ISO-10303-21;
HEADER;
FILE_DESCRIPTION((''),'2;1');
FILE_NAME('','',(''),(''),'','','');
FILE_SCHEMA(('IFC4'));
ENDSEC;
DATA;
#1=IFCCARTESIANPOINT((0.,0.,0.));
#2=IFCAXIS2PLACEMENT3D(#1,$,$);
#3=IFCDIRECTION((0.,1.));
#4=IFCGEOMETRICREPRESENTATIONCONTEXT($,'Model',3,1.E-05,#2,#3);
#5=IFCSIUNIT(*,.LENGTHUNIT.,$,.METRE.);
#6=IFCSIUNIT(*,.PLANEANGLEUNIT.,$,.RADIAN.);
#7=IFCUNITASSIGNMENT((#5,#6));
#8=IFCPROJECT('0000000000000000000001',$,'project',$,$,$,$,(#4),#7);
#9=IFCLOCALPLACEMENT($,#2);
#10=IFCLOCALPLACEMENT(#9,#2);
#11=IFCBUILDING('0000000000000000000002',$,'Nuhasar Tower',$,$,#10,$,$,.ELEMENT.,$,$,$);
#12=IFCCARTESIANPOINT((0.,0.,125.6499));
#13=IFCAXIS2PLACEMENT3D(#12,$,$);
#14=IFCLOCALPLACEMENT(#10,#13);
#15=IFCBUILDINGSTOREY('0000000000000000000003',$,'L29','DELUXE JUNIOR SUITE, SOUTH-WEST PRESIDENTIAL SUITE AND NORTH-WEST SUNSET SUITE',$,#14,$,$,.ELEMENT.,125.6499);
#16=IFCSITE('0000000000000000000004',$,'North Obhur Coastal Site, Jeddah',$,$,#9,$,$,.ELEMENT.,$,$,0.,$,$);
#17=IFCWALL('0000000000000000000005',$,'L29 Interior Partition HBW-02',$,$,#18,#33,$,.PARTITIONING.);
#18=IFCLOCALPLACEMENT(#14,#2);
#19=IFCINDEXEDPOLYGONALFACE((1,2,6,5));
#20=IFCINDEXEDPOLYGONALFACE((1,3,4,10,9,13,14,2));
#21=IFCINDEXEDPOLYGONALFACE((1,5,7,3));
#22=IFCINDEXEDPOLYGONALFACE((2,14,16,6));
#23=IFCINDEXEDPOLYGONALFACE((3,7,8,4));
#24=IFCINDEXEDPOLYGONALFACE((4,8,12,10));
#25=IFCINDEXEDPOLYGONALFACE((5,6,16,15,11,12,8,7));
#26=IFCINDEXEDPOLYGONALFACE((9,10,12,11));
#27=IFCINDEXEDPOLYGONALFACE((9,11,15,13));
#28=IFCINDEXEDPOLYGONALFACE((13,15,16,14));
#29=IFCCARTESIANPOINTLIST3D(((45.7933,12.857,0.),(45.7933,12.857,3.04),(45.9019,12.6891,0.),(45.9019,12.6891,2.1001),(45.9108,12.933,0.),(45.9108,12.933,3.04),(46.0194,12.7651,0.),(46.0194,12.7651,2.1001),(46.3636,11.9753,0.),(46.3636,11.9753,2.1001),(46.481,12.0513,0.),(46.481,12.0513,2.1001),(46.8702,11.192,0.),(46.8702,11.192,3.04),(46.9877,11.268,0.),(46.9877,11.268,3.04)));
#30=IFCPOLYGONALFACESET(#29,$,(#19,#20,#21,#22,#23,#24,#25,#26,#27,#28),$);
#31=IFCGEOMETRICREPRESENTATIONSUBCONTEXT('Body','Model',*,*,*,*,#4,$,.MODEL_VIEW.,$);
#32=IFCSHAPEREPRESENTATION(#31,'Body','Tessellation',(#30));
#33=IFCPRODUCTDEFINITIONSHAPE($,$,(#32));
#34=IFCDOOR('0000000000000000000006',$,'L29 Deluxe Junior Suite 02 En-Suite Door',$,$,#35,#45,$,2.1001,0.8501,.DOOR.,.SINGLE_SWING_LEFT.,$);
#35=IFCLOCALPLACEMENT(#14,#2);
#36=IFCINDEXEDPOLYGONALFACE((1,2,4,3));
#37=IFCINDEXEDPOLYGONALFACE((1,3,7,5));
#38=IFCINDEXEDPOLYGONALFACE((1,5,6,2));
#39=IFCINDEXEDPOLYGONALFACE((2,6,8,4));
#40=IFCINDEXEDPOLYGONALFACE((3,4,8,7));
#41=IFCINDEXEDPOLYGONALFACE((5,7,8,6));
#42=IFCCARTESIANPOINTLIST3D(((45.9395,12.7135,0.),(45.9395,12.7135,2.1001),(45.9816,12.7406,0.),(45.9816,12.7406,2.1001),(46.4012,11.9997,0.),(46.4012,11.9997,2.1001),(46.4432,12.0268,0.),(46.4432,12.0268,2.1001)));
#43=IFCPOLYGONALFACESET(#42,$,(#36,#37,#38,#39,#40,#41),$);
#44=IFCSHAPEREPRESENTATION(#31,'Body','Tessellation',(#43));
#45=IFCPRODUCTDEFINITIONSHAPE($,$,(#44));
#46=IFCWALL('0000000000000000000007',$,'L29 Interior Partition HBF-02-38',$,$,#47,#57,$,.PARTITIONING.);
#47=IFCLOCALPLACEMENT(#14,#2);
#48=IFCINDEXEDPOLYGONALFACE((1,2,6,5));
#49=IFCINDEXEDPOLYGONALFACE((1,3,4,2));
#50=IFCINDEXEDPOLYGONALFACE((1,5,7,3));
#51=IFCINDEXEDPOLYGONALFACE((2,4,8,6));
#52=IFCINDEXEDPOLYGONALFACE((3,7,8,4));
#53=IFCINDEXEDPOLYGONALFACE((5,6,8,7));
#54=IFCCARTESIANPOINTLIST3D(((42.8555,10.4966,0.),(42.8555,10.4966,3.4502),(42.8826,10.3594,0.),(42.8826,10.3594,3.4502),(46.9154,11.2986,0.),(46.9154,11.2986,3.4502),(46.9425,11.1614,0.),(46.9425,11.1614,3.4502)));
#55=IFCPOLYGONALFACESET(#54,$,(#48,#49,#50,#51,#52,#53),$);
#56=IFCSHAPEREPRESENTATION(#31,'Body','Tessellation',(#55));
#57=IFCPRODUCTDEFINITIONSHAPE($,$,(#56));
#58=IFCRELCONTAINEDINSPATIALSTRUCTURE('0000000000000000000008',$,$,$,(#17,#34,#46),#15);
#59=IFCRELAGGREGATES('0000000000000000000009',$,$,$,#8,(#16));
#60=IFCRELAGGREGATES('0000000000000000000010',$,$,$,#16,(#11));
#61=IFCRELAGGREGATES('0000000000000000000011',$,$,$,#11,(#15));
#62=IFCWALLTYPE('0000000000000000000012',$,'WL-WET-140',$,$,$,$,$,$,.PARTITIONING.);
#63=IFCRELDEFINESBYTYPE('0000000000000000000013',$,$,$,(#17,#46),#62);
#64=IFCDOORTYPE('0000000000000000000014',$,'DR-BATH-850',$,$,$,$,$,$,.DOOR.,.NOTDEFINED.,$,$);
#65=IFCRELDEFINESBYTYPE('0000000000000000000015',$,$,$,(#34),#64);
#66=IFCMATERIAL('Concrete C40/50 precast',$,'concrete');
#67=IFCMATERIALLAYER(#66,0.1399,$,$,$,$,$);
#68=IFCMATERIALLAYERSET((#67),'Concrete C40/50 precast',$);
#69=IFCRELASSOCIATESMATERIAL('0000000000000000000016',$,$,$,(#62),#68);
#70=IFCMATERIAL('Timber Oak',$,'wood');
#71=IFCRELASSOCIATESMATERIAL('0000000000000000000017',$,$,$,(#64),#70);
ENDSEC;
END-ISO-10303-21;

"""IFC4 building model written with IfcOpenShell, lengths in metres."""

from ifc_helpers import new_model, si_unit, direction, frame, frame_2d, origin, place, context, subcontext, project, spatial, rectangle, extrude, material, layer, layer_set, type_object, element, fill, save


model = new_model("IFC4")

# Units and contexts
model_context = context("Model", 3, precision=1e-05, world=origin(), true_north=direction((0.0, 1.0)))
body_context = subcontext(model_context, "Body", "Model", "MODEL_VIEW")
ifc_project = project(units=[si_unit("LENGTHUNIT", "METRE"), si_unit("PLANEANGLEUNIT", "RADIAN")], contexts=[model_context])

# Site, building, storey
site_placement = place(None, origin())
site = spatial("IfcSite", under=ifc_project, at=site_placement, Name="North Obhur Coastal Site, Jeddah", CompositionType="ELEMENT", RefElevation=0.0)
building_placement = place(site_placement, origin())
building = spatial("IfcBuilding", under=site, at=building_placement, Name="Nuhasar Tower", CompositionType="ELEMENT")
storey_placement = place(building_placement, frame((0.0, 0.0, 125.6499)))
storey = spatial("IfcBuildingStorey", under=building, at=storey_placement, Name="L29", Description="DELUXE JUNIOR SUITE, SOUTH-WEST PRESIDENTIAL SUITE AND NORTH-WEST SUNSET SUITE", CompositionType="ELEMENT", Elevation=125.6499)

# Shared definitions
ifc_material_1 = material(Name="Timber Oak", Category="wood")

# Shared definitions
ifc_material_2 = material(Name="Concrete C40/50 precast", Category="concrete")

# Wall, opening, door
ifc_layer_1 = layer(ifc_material_2, 0.1399)
ifc_layer_set_1 = layer_set([ifc_layer_1], Name="Concrete C40/50 precast")
wall_type_1 = type_object("IfcWallType", Name="WL-WET-140", PredefinedType="PARTITIONING", material=ifc_layer_set_1)
door_type_1 = type_object("IfcDoorType", Name="DR-BATH-850", OperationType="NOTDEFINED", PredefinedType="DOOR", material=ifc_material_1)
wall_1_placement = place(storey_placement, frame((45.8521, 12.895, 0.0), z_axis=(0.0, 0.0, 1.0), x_axis=(0.543083, -0.839679, 0.0)))
wall_1 = element("IfcWall", 1, at=wall_1_placement, inside=storey, type_object=wall_type_1, Name="L29 Interior Partition HBW-02", PredefinedType="PARTITIONING", context=body_context, shape_type="SweptSolid", body=[
    extrude(rectangle(XDim=1.9829, YDim=0.1399, at=frame_2d((0.9915, 0.0))), origin(), (0.0, 0.0, 1.0), 3.04),
])
opening_1_placement = place(wall_1_placement, frame((0.2, 0.0, 0.0)))
opening_1 = element("IfcOpeningElement", 2, at=opening_1_placement, cuts=wall_1, PredefinedType="OPENING", context=body_context, shape_type="SweptSolid", body=[
    extrude(rectangle(XDim=0.8501, YDim=2.1001, at=frame_2d((0.425, 1.05))), frame((0.0, 0.0801, 0.0), z_axis=(0.0, -1.0, 0.0), x_axis=(1.0, 0.0, 0.0)), (0.0, 0.0, 1.0), 0.1599),
])
door_1_placement = place(opening_1_placement, origin())
door_1 = element("IfcDoor", 3, at=door_1_placement, inside=storey, type_object=door_type_1, Name="L29 Deluxe Junior Suite 02 En-Suite Door", OperationType="SINGLE_SWING_LEFT", OverallHeight=2.1001, OverallWidth=0.8501, PredefinedType="DOOR", context=body_context, shape_type="SweptSolid", body=[
    extrude(rectangle(XDim=0.8501, YDim=2.1001, at=frame_2d((0.425, 1.05))), frame((0.0, 0.0249, 0.0), z_axis=(0.0, -1.0, 0.0), x_axis=(1.0, 0.0, 0.0)), (0.0, 0.0, 1.0), 0.05),
])
fill(opening_1, door_1)

# Wall
wall_2_placement = place(storey_placement, frame((42.8689, 10.428, 0.0), z_axis=(0.0, 0.0, 1.0), x_axis=(0.981043, 0.19379, 0.0)))
element("IfcWall", 4, at=wall_2_placement, inside=storey, type_object=wall_type_1, Name="L29 Interior Partition HBF-02-38", PredefinedType="PARTITIONING", context=body_context, shape_type="SweptSolid", body=[
    extrude(rectangle(XDim=4.1384, YDim=0.1399, at=frame_2d((2.0693, 0.0))), origin(), (0.0, 0.0, 1.0), 3.4502),
])

save(model, "model.ifc")
